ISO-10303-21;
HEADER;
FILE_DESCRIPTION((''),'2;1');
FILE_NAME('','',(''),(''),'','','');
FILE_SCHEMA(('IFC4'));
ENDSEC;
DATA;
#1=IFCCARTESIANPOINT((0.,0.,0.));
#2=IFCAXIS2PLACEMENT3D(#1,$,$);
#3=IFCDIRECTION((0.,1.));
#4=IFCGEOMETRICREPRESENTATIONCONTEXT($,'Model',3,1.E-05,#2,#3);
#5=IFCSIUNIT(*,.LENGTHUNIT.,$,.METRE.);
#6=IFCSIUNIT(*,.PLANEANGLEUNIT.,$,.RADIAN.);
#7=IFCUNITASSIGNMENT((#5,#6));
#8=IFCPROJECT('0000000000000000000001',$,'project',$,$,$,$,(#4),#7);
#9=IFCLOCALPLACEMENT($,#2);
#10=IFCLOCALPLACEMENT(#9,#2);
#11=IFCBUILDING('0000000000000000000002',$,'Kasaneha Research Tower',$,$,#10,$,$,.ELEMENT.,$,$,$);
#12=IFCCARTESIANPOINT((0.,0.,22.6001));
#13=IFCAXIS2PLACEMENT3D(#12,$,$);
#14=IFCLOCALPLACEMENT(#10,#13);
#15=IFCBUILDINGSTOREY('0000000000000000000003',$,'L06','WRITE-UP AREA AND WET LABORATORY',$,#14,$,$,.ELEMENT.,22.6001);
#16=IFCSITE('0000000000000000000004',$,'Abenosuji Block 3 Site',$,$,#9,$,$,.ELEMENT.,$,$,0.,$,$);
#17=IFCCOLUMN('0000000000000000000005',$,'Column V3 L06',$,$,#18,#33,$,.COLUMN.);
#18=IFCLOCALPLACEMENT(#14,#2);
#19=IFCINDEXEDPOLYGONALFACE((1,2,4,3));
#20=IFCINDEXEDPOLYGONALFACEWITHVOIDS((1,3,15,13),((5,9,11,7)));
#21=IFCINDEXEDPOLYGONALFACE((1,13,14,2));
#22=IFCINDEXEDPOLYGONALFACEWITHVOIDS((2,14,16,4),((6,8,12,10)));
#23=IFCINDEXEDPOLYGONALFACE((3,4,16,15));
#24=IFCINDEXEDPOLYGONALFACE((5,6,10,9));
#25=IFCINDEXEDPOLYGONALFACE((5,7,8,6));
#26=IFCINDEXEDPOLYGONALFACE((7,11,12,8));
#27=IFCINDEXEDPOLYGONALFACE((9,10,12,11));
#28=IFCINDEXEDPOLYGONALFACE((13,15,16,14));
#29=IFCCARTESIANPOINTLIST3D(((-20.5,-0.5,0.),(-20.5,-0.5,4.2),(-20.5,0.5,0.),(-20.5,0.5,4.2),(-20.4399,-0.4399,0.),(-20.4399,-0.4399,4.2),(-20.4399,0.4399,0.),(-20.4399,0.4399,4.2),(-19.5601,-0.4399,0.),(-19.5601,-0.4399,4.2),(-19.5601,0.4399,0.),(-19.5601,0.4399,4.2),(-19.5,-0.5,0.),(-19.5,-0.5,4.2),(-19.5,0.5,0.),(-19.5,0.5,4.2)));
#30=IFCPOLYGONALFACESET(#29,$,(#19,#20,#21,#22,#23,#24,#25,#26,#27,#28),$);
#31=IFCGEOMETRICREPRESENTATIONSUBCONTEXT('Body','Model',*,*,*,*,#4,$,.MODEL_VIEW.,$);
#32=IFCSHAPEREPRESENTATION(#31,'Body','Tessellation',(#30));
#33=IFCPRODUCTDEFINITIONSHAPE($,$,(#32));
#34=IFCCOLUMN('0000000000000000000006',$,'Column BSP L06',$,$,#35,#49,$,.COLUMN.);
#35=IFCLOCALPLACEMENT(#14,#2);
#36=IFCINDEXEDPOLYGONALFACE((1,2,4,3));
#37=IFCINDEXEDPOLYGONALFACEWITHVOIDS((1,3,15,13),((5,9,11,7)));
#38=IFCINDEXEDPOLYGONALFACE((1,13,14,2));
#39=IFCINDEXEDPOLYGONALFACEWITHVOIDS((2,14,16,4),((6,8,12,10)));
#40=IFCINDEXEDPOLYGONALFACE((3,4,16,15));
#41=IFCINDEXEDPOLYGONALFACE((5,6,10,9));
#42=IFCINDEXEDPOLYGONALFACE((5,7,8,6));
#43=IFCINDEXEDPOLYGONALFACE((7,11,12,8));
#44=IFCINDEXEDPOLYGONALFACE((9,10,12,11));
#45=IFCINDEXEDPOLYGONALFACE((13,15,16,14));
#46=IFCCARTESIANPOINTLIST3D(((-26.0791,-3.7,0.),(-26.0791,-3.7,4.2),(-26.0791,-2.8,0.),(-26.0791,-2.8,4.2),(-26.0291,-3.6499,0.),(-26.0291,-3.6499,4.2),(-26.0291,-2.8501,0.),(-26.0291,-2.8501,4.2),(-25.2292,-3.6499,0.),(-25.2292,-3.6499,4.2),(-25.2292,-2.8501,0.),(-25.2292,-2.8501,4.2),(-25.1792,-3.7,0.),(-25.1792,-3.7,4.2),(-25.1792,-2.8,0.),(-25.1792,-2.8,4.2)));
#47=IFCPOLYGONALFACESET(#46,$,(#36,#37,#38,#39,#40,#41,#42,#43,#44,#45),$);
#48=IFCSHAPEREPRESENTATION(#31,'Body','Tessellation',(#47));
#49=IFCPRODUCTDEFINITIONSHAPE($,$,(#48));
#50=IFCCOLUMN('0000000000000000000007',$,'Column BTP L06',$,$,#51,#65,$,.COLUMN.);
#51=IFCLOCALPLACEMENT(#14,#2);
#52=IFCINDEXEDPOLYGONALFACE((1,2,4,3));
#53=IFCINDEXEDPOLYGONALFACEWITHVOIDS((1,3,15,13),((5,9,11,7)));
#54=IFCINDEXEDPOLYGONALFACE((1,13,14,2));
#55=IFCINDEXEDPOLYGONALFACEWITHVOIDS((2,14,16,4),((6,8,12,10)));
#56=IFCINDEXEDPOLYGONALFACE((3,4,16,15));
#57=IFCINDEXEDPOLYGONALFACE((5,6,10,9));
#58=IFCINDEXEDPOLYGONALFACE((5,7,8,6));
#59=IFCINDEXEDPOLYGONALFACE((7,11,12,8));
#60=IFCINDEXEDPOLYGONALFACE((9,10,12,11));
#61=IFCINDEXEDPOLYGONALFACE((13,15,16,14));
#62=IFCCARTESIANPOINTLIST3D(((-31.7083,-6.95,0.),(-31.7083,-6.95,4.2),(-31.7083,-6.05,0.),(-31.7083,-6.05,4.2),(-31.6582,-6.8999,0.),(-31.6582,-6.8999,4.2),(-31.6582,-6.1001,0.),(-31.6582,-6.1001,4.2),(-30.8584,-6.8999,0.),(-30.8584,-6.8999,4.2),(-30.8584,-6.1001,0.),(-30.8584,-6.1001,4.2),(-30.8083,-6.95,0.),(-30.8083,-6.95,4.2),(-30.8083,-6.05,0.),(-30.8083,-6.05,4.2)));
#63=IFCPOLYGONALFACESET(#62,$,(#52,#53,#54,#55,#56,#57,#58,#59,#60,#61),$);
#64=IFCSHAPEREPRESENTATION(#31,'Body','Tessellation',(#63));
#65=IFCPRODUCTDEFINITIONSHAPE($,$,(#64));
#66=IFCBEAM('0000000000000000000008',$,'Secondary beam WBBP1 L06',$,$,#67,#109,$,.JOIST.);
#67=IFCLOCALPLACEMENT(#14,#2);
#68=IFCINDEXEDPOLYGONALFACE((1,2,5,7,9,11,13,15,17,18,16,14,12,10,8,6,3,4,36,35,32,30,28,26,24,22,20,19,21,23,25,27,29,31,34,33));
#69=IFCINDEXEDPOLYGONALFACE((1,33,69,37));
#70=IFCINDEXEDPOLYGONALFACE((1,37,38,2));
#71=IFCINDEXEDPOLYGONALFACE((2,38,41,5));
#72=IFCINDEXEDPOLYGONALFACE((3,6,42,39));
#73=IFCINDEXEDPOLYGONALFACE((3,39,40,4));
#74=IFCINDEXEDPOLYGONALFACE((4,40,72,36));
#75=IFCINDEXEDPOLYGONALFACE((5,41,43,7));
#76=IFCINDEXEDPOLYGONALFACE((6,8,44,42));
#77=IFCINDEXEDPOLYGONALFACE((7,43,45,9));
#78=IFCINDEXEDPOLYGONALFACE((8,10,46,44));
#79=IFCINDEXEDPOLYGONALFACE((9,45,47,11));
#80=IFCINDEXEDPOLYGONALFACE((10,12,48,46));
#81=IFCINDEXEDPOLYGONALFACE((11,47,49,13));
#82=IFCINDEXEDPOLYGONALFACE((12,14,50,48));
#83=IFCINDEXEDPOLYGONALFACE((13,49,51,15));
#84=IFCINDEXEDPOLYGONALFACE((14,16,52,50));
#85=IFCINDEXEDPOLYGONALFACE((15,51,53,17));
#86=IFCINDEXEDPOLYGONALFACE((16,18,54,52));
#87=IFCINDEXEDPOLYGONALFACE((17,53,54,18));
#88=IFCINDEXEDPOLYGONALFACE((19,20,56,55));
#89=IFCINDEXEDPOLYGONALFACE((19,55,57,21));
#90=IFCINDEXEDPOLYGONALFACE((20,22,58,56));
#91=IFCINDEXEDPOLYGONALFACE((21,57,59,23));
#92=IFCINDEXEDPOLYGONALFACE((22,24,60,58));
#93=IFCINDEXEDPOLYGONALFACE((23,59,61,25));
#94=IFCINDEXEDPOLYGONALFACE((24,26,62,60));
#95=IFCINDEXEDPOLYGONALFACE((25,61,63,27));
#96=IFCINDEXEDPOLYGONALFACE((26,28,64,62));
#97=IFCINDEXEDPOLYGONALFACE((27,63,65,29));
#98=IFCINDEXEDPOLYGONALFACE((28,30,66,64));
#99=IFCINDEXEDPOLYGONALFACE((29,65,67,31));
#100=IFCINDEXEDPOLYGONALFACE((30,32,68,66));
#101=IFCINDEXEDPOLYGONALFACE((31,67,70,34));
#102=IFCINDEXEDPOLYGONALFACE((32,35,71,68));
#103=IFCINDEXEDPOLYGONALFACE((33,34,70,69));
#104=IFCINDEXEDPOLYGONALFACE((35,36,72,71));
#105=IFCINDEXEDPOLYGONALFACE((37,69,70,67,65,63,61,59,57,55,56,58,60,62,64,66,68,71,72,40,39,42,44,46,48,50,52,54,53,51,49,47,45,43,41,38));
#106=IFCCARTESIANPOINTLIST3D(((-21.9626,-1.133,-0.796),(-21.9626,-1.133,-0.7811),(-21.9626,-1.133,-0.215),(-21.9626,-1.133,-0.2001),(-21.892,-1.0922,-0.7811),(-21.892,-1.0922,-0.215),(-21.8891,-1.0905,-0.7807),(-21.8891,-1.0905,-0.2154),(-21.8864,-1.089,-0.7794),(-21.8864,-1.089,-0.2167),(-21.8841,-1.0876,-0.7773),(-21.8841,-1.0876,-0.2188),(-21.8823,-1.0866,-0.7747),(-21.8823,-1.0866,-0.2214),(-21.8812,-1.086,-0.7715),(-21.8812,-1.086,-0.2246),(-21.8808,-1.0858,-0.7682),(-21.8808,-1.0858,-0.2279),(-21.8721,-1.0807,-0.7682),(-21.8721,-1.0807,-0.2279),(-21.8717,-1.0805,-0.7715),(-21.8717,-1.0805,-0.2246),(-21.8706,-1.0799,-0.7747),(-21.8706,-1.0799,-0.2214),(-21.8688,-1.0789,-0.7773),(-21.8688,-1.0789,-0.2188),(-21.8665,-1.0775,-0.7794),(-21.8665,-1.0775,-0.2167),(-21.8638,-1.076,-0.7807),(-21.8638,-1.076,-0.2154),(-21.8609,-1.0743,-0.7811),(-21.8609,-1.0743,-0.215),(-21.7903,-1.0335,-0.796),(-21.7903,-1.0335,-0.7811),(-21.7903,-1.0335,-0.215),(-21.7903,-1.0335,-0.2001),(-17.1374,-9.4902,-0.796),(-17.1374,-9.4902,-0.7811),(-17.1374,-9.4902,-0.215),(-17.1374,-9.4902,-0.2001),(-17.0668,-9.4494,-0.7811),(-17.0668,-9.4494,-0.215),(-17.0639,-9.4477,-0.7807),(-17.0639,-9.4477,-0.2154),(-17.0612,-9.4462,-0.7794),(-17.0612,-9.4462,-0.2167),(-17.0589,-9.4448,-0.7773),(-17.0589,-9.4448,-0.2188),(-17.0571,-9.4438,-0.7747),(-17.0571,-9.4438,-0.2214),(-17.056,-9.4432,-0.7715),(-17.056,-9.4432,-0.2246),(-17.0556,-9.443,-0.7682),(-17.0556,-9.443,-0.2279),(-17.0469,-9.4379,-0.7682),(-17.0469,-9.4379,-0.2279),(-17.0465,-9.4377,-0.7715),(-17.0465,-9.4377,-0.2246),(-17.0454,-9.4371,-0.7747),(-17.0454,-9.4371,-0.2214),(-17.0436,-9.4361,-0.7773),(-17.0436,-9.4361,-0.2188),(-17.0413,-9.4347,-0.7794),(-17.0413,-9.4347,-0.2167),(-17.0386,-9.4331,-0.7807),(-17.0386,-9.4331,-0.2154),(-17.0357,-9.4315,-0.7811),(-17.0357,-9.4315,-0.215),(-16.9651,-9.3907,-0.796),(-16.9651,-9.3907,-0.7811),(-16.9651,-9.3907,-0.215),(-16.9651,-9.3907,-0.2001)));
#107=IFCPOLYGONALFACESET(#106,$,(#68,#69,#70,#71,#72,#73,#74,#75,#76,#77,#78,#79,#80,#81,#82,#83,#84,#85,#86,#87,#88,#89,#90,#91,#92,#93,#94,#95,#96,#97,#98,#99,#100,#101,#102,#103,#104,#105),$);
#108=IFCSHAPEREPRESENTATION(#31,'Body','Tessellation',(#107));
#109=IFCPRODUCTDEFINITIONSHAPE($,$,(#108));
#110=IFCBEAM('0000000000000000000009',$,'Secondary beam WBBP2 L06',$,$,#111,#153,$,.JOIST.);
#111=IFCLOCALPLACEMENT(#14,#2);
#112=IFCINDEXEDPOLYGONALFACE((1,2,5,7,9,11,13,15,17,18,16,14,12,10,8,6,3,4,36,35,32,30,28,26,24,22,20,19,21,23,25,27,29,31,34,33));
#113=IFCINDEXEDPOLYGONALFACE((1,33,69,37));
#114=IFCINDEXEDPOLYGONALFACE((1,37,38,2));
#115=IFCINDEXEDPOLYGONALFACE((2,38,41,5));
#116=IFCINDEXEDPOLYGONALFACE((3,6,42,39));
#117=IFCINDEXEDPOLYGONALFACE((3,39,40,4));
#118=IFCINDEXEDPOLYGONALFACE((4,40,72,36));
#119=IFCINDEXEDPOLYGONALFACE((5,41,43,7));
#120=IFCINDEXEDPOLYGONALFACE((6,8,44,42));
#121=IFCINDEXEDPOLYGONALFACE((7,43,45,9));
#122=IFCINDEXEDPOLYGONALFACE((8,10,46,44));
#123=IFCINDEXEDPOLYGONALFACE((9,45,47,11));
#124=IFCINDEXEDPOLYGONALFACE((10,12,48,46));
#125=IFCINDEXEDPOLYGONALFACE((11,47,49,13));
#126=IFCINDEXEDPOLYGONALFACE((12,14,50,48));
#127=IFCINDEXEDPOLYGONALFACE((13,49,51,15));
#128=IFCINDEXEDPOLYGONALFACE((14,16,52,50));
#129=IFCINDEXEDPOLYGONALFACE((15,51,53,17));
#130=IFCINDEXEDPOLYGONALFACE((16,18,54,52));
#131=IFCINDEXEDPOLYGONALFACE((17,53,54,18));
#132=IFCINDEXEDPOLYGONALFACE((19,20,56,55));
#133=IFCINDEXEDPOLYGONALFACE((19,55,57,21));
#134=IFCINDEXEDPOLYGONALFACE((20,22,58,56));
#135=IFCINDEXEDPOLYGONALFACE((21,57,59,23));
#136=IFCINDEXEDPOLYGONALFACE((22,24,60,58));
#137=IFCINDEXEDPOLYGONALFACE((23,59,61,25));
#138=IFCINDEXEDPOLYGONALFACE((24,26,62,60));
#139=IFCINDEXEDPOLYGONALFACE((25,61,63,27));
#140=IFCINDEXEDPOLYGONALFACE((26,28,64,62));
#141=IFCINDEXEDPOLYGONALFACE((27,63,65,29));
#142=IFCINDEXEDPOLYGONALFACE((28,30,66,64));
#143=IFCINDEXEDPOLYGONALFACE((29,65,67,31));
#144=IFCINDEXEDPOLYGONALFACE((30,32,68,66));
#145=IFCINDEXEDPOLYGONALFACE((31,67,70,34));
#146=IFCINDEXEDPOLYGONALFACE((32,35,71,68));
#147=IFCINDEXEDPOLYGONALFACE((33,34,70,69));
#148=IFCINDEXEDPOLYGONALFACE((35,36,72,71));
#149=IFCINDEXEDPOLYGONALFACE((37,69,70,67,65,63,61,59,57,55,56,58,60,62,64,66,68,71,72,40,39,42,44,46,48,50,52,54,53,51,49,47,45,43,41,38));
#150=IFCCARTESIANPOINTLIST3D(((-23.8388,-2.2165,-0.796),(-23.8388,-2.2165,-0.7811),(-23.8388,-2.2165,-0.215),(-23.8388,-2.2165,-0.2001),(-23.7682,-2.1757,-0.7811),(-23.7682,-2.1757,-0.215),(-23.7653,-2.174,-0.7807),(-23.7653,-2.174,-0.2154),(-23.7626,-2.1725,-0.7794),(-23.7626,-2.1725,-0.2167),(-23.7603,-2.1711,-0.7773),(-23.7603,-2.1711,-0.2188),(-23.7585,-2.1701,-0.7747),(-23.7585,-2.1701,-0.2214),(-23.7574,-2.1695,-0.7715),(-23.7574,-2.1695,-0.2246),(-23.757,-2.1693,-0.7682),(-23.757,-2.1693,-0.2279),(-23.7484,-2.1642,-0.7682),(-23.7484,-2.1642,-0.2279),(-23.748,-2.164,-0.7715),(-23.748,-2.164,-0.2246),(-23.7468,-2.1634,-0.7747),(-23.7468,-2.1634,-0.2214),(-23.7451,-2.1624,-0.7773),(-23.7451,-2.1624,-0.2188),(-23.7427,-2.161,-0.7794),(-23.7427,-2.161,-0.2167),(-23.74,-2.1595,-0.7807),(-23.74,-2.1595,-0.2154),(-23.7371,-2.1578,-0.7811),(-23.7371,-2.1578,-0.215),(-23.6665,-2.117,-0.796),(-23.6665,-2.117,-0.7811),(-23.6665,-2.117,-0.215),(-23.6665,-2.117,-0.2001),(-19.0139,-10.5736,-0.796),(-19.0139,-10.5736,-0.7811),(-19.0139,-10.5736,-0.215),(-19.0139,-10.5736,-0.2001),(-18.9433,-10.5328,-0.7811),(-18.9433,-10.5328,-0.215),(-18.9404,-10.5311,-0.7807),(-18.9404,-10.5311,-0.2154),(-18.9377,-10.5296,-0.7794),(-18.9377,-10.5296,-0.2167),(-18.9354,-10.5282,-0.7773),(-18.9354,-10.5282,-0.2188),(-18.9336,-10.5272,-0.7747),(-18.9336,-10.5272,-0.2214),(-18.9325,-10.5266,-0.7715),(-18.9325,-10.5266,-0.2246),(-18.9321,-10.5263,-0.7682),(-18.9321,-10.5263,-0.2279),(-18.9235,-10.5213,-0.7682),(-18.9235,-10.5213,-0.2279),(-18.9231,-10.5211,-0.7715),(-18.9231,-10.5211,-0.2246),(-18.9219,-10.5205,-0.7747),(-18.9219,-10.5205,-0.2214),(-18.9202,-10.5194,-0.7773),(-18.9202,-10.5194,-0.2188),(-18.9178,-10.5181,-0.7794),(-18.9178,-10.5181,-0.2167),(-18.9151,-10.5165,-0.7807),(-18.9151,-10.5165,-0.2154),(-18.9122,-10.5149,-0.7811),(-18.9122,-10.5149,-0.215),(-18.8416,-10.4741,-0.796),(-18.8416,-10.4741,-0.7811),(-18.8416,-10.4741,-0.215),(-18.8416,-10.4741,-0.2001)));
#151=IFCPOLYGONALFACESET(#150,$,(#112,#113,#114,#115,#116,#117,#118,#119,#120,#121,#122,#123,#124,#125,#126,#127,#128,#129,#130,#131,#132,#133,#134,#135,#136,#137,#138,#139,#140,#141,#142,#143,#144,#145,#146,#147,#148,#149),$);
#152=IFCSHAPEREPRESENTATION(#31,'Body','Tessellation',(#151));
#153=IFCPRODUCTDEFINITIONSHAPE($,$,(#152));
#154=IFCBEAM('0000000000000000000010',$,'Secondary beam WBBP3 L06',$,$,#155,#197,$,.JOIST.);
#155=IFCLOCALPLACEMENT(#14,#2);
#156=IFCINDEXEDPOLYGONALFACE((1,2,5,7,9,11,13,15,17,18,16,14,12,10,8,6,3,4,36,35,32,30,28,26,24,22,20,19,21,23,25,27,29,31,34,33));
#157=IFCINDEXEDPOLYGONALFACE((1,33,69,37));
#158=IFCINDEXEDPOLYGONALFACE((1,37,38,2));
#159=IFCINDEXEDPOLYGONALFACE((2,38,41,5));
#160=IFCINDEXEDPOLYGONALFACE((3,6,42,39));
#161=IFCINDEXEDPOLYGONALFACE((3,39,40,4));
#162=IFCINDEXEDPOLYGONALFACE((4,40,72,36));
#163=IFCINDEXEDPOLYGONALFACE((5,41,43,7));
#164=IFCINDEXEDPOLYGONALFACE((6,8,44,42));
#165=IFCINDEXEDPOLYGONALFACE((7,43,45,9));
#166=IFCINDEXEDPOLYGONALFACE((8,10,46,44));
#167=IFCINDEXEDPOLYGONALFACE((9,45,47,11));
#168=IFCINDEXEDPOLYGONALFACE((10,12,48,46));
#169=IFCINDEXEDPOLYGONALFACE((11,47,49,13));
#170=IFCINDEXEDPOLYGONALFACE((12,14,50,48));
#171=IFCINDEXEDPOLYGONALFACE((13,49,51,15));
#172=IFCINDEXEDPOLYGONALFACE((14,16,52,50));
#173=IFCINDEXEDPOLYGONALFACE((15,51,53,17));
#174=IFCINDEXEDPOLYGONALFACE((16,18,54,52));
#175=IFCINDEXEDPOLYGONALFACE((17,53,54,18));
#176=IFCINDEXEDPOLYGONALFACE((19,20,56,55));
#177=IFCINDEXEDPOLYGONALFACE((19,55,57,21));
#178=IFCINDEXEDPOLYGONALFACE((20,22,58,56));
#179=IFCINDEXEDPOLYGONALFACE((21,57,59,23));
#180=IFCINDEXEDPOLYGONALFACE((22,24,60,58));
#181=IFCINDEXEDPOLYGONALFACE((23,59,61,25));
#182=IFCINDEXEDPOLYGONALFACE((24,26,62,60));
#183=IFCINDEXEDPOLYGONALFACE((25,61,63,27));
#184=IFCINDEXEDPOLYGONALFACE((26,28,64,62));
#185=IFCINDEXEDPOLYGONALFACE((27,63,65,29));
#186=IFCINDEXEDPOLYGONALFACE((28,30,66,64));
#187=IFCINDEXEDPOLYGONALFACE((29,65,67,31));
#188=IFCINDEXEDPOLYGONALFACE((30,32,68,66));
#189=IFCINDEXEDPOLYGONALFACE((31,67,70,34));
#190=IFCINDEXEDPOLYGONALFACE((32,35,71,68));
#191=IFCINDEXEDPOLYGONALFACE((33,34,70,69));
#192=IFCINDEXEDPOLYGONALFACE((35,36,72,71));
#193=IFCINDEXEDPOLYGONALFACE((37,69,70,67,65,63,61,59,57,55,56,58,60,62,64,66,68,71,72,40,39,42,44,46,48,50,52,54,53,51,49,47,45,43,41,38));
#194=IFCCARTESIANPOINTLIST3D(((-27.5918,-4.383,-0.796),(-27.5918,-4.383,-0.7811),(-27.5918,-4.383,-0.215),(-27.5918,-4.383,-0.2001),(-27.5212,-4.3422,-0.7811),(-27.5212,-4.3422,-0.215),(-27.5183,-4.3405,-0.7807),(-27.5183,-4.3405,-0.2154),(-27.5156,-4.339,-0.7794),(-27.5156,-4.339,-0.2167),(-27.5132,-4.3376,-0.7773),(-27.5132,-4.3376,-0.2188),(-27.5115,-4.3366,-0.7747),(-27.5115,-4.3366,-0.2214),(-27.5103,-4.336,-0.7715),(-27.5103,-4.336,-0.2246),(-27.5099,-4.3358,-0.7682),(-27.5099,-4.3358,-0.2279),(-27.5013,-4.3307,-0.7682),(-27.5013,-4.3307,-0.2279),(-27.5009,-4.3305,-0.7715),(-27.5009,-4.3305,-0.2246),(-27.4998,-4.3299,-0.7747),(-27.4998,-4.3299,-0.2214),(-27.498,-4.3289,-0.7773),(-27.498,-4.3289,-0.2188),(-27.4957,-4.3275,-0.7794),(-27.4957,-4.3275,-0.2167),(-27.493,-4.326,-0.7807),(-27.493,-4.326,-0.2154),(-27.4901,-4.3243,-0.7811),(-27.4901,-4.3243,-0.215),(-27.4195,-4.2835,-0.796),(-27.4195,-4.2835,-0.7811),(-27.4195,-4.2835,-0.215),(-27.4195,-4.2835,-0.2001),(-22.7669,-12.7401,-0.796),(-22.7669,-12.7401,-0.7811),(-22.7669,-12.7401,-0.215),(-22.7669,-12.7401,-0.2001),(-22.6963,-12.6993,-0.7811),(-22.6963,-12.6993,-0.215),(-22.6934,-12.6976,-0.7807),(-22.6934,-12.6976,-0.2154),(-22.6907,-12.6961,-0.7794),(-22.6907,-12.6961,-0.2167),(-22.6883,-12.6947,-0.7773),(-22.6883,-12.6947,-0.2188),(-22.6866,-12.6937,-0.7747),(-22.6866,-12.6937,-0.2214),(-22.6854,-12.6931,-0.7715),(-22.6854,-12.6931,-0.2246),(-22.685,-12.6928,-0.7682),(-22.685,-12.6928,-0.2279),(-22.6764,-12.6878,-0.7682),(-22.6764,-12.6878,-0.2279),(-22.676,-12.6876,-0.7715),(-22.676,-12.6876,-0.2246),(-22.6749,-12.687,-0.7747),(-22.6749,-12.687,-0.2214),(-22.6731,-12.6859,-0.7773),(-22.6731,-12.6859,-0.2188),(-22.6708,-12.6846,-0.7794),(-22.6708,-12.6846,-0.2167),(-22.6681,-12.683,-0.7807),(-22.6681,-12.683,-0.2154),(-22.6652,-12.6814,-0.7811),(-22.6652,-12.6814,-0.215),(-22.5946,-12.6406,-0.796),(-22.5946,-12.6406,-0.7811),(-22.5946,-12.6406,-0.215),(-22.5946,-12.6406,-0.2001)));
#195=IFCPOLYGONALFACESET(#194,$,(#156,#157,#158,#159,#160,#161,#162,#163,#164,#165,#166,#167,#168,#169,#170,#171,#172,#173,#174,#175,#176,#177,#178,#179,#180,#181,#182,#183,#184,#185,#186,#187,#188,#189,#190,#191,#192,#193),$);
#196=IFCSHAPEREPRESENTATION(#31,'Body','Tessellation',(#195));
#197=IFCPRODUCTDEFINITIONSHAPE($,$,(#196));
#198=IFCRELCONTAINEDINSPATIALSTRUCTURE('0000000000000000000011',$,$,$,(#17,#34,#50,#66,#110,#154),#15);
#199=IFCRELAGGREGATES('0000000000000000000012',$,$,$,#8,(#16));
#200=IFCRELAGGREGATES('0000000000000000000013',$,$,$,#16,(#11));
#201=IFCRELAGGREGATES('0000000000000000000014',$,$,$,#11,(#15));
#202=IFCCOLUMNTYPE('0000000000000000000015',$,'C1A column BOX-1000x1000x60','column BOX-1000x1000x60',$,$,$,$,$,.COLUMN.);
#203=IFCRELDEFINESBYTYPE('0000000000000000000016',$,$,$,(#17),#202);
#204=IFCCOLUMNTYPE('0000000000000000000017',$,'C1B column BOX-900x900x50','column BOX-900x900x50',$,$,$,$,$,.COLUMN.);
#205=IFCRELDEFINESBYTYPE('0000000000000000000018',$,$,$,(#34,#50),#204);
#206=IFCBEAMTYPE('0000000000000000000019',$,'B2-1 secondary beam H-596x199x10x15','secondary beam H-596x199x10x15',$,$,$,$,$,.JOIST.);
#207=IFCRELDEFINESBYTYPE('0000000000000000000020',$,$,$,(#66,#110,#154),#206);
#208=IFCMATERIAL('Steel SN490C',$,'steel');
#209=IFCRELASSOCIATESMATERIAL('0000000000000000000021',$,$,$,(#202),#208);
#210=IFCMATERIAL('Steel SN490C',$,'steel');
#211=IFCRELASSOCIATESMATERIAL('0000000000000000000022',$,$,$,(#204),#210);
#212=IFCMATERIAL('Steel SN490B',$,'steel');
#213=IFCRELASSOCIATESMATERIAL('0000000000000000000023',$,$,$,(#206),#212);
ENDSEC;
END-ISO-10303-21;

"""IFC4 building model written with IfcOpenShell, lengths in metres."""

from ifc_helpers import new_model, si_unit, direction, frame, origin, origin_2d, place, context, subcontext, project, spatial, hollow_rectangle, i_section, extrude, material, material_profile, profile_set, type_object, element, save


model = new_model("IFC4")

# Units and contexts
model_context = context("Model", 3, precision=1e-05, world=origin(), true_north=direction((0.0, 1.0)))
body_context = subcontext(model_context, "Body", "Model", "MODEL_VIEW")
ifc_project = project(units=[si_unit("LENGTHUNIT", "METRE"), si_unit("PLANEANGLEUNIT", "RADIAN")], contexts=[model_context])

# Site, building, storey
site_placement = place(None, origin())
site = spatial("IfcSite", under=ifc_project, at=site_placement, Name="Abenosuji Block 3 Site", CompositionType="ELEMENT", RefElevation=0.0)
building_placement = place(site_placement, origin())
building = spatial("IfcBuilding", under=site, at=building_placement, Name="Kasaneha Research Tower", CompositionType="ELEMENT")
storey_placement = place(building_placement, frame((0.0, 0.0, 22.6001)))
storey = spatial("IfcBuildingStorey", under=building, at=storey_placement, Name="L06", Description="WRITE-UP AREA AND WET LABORATORY", CompositionType="ELEMENT", Elevation=22.6001)

# Columns
ifc_material_1 = material(Name="Steel SN490C", Category="steel")
ifc_material_profile_1 = material_profile(ifc_material_1, hollow_rectangle(XDim=1.0, YDim=1.0, WallThickness=0.0601, at=origin_2d()), Name="BOX-1000x1000x60")
ifc_profile_set_1 = profile_set([ifc_material_profile_1], Name="Steel SN490C")
column_type_1 = type_object("IfcColumnType", Name="C1A column BOX-1000x1000x60", Description="column BOX-1000x1000x60", PredefinedType="COLUMN", material=ifc_profile_set_1)
column_placement = place(storey_placement, frame((-20.0, 0.0, 0.0), z_axis=(0.0, 0.0, 1.0), x_axis=(1.0, 0.0, 0.0)))
element("IfcColumn", 1, at=column_placement, inside=storey, type_object=column_type_1, Name="Column V3 L06", PredefinedType="COLUMN", context=body_context, shape_type="SweptSolid", body=[
    extrude(hollow_rectangle(XDim=1.0, YDim=1.0, WallThickness=0.0601, at=origin_2d()), origin(), (0.0, 0.0, 1.0), 4.2),
])
ifc_material_2 = material(Name="Steel SN490C", Category="steel")
ifc_material_profile_2 = material_profile(ifc_material_2, hollow_rectangle(XDim=0.8999, YDim=0.8999, WallThickness=0.05, at=origin_2d()), Name="BOX-900x900x50")
ifc_profile_set_2 = profile_set([ifc_material_profile_2], Name="Steel SN490C")
column_type_2 = type_object("IfcColumnType", Name="C1B column BOX-900x900x50", Description="column BOX-900x900x50", PredefinedType="COLUMN", material=ifc_profile_set_2)
for number, where, z_axis, x_axis, name in (
    (2, (-25.6292, -3.25, 0.0), (0.0, 0.0, 1.0), (1.0, 0.0, 0.0), "Column BSP L06"),
    (3, (-31.2583, -6.5, 0.0), (0.0, 0.0, 1.0), (1.0, 0.0, 0.0), "Column BTP L06"),
):
    element("IfcColumn", number, at=place(storey_placement, frame(where, z_axis=z_axis, x_axis=x_axis)), inside=storey, type_object=column_type_2, Name=name, PredefinedType="COLUMN", context=body_context, shape_type="SweptSolid", body=[
        extrude(hollow_rectangle(XDim=0.8999, YDim=0.8999, WallThickness=0.05, at=origin_2d()), origin(), (0.0, 0.0, 1.0), 4.2),
    ])

# Beams
ifc_material_3 = material(Name="Steel SN490B", Category="steel")
ifc_material_profile_3 = material_profile(ifc_material_3, i_section(OverallWidth=0.199, OverallDepth=0.5959, WebThickness=0.01, FlangeThickness=0.0149, FilletRadius=0.0129, at=origin_2d()), Name="H-596x199x10x15")
ifc_profile_set_3 = profile_set([ifc_material_profile_3], Name="Steel SN490B")
beam_type_1 = type_object("IfcBeamType", Name="B2-1 secondary beam H-596x199x10x15", Description="secondary beam H-596x199x10x15", PredefinedType="JOIST", material=ifc_profile_set_3)
beam_1_placement = place(storey_placement, frame((-21.8765, -1.0833, -0.498), z_axis=(0.500014, -0.866017, 0.0), x_axis=(0.866017, 0.500014, 0.0)))
element("IfcBeam", 4, at=beam_1_placement, inside=storey, type_object=beam_type_1, Name="Secondary beam WBBP1 L06", PredefinedType="JOIST", context=body_context, shape_type="SweptSolid", body=[
    extrude(i_section(OverallWidth=0.199, OverallDepth=0.5959, WebThickness=0.01, FlangeThickness=0.0149, FilletRadius=0.0129, at=origin_2d()), origin(), (0.0, 0.0, 1.0), 9.6501),
])
for number, where, z_axis, x_axis, name in (
    (5, (-23.7527, -2.1667, -0.498), (0.499995, -0.866028, 0.0), (0.866028, 0.499995, 0.0), "Secondary beam WBBP2 L06"),
    (6, (-27.5056, -4.3333, -0.498), (0.499995, -0.866028, 0.0), (0.866028, 0.499995, 0.0), "Secondary beam WBBP3 L06"),
):
    element("IfcBeam", number, at=place(storey_placement, frame(where, z_axis=z_axis, x_axis=x_axis)), inside=storey, type_object=beam_type_1, Name=name, PredefinedType="JOIST", context=body_context, shape_type="SweptSolid", body=[
        extrude(i_section(OverallWidth=0.199, OverallDepth=0.5959, WebThickness=0.01, FlangeThickness=0.0149, FilletRadius=0.0129, at=origin_2d()), origin(), (0.0, 0.0, 1.0), 9.6499),
    ])

save(model, "model.ifc")
